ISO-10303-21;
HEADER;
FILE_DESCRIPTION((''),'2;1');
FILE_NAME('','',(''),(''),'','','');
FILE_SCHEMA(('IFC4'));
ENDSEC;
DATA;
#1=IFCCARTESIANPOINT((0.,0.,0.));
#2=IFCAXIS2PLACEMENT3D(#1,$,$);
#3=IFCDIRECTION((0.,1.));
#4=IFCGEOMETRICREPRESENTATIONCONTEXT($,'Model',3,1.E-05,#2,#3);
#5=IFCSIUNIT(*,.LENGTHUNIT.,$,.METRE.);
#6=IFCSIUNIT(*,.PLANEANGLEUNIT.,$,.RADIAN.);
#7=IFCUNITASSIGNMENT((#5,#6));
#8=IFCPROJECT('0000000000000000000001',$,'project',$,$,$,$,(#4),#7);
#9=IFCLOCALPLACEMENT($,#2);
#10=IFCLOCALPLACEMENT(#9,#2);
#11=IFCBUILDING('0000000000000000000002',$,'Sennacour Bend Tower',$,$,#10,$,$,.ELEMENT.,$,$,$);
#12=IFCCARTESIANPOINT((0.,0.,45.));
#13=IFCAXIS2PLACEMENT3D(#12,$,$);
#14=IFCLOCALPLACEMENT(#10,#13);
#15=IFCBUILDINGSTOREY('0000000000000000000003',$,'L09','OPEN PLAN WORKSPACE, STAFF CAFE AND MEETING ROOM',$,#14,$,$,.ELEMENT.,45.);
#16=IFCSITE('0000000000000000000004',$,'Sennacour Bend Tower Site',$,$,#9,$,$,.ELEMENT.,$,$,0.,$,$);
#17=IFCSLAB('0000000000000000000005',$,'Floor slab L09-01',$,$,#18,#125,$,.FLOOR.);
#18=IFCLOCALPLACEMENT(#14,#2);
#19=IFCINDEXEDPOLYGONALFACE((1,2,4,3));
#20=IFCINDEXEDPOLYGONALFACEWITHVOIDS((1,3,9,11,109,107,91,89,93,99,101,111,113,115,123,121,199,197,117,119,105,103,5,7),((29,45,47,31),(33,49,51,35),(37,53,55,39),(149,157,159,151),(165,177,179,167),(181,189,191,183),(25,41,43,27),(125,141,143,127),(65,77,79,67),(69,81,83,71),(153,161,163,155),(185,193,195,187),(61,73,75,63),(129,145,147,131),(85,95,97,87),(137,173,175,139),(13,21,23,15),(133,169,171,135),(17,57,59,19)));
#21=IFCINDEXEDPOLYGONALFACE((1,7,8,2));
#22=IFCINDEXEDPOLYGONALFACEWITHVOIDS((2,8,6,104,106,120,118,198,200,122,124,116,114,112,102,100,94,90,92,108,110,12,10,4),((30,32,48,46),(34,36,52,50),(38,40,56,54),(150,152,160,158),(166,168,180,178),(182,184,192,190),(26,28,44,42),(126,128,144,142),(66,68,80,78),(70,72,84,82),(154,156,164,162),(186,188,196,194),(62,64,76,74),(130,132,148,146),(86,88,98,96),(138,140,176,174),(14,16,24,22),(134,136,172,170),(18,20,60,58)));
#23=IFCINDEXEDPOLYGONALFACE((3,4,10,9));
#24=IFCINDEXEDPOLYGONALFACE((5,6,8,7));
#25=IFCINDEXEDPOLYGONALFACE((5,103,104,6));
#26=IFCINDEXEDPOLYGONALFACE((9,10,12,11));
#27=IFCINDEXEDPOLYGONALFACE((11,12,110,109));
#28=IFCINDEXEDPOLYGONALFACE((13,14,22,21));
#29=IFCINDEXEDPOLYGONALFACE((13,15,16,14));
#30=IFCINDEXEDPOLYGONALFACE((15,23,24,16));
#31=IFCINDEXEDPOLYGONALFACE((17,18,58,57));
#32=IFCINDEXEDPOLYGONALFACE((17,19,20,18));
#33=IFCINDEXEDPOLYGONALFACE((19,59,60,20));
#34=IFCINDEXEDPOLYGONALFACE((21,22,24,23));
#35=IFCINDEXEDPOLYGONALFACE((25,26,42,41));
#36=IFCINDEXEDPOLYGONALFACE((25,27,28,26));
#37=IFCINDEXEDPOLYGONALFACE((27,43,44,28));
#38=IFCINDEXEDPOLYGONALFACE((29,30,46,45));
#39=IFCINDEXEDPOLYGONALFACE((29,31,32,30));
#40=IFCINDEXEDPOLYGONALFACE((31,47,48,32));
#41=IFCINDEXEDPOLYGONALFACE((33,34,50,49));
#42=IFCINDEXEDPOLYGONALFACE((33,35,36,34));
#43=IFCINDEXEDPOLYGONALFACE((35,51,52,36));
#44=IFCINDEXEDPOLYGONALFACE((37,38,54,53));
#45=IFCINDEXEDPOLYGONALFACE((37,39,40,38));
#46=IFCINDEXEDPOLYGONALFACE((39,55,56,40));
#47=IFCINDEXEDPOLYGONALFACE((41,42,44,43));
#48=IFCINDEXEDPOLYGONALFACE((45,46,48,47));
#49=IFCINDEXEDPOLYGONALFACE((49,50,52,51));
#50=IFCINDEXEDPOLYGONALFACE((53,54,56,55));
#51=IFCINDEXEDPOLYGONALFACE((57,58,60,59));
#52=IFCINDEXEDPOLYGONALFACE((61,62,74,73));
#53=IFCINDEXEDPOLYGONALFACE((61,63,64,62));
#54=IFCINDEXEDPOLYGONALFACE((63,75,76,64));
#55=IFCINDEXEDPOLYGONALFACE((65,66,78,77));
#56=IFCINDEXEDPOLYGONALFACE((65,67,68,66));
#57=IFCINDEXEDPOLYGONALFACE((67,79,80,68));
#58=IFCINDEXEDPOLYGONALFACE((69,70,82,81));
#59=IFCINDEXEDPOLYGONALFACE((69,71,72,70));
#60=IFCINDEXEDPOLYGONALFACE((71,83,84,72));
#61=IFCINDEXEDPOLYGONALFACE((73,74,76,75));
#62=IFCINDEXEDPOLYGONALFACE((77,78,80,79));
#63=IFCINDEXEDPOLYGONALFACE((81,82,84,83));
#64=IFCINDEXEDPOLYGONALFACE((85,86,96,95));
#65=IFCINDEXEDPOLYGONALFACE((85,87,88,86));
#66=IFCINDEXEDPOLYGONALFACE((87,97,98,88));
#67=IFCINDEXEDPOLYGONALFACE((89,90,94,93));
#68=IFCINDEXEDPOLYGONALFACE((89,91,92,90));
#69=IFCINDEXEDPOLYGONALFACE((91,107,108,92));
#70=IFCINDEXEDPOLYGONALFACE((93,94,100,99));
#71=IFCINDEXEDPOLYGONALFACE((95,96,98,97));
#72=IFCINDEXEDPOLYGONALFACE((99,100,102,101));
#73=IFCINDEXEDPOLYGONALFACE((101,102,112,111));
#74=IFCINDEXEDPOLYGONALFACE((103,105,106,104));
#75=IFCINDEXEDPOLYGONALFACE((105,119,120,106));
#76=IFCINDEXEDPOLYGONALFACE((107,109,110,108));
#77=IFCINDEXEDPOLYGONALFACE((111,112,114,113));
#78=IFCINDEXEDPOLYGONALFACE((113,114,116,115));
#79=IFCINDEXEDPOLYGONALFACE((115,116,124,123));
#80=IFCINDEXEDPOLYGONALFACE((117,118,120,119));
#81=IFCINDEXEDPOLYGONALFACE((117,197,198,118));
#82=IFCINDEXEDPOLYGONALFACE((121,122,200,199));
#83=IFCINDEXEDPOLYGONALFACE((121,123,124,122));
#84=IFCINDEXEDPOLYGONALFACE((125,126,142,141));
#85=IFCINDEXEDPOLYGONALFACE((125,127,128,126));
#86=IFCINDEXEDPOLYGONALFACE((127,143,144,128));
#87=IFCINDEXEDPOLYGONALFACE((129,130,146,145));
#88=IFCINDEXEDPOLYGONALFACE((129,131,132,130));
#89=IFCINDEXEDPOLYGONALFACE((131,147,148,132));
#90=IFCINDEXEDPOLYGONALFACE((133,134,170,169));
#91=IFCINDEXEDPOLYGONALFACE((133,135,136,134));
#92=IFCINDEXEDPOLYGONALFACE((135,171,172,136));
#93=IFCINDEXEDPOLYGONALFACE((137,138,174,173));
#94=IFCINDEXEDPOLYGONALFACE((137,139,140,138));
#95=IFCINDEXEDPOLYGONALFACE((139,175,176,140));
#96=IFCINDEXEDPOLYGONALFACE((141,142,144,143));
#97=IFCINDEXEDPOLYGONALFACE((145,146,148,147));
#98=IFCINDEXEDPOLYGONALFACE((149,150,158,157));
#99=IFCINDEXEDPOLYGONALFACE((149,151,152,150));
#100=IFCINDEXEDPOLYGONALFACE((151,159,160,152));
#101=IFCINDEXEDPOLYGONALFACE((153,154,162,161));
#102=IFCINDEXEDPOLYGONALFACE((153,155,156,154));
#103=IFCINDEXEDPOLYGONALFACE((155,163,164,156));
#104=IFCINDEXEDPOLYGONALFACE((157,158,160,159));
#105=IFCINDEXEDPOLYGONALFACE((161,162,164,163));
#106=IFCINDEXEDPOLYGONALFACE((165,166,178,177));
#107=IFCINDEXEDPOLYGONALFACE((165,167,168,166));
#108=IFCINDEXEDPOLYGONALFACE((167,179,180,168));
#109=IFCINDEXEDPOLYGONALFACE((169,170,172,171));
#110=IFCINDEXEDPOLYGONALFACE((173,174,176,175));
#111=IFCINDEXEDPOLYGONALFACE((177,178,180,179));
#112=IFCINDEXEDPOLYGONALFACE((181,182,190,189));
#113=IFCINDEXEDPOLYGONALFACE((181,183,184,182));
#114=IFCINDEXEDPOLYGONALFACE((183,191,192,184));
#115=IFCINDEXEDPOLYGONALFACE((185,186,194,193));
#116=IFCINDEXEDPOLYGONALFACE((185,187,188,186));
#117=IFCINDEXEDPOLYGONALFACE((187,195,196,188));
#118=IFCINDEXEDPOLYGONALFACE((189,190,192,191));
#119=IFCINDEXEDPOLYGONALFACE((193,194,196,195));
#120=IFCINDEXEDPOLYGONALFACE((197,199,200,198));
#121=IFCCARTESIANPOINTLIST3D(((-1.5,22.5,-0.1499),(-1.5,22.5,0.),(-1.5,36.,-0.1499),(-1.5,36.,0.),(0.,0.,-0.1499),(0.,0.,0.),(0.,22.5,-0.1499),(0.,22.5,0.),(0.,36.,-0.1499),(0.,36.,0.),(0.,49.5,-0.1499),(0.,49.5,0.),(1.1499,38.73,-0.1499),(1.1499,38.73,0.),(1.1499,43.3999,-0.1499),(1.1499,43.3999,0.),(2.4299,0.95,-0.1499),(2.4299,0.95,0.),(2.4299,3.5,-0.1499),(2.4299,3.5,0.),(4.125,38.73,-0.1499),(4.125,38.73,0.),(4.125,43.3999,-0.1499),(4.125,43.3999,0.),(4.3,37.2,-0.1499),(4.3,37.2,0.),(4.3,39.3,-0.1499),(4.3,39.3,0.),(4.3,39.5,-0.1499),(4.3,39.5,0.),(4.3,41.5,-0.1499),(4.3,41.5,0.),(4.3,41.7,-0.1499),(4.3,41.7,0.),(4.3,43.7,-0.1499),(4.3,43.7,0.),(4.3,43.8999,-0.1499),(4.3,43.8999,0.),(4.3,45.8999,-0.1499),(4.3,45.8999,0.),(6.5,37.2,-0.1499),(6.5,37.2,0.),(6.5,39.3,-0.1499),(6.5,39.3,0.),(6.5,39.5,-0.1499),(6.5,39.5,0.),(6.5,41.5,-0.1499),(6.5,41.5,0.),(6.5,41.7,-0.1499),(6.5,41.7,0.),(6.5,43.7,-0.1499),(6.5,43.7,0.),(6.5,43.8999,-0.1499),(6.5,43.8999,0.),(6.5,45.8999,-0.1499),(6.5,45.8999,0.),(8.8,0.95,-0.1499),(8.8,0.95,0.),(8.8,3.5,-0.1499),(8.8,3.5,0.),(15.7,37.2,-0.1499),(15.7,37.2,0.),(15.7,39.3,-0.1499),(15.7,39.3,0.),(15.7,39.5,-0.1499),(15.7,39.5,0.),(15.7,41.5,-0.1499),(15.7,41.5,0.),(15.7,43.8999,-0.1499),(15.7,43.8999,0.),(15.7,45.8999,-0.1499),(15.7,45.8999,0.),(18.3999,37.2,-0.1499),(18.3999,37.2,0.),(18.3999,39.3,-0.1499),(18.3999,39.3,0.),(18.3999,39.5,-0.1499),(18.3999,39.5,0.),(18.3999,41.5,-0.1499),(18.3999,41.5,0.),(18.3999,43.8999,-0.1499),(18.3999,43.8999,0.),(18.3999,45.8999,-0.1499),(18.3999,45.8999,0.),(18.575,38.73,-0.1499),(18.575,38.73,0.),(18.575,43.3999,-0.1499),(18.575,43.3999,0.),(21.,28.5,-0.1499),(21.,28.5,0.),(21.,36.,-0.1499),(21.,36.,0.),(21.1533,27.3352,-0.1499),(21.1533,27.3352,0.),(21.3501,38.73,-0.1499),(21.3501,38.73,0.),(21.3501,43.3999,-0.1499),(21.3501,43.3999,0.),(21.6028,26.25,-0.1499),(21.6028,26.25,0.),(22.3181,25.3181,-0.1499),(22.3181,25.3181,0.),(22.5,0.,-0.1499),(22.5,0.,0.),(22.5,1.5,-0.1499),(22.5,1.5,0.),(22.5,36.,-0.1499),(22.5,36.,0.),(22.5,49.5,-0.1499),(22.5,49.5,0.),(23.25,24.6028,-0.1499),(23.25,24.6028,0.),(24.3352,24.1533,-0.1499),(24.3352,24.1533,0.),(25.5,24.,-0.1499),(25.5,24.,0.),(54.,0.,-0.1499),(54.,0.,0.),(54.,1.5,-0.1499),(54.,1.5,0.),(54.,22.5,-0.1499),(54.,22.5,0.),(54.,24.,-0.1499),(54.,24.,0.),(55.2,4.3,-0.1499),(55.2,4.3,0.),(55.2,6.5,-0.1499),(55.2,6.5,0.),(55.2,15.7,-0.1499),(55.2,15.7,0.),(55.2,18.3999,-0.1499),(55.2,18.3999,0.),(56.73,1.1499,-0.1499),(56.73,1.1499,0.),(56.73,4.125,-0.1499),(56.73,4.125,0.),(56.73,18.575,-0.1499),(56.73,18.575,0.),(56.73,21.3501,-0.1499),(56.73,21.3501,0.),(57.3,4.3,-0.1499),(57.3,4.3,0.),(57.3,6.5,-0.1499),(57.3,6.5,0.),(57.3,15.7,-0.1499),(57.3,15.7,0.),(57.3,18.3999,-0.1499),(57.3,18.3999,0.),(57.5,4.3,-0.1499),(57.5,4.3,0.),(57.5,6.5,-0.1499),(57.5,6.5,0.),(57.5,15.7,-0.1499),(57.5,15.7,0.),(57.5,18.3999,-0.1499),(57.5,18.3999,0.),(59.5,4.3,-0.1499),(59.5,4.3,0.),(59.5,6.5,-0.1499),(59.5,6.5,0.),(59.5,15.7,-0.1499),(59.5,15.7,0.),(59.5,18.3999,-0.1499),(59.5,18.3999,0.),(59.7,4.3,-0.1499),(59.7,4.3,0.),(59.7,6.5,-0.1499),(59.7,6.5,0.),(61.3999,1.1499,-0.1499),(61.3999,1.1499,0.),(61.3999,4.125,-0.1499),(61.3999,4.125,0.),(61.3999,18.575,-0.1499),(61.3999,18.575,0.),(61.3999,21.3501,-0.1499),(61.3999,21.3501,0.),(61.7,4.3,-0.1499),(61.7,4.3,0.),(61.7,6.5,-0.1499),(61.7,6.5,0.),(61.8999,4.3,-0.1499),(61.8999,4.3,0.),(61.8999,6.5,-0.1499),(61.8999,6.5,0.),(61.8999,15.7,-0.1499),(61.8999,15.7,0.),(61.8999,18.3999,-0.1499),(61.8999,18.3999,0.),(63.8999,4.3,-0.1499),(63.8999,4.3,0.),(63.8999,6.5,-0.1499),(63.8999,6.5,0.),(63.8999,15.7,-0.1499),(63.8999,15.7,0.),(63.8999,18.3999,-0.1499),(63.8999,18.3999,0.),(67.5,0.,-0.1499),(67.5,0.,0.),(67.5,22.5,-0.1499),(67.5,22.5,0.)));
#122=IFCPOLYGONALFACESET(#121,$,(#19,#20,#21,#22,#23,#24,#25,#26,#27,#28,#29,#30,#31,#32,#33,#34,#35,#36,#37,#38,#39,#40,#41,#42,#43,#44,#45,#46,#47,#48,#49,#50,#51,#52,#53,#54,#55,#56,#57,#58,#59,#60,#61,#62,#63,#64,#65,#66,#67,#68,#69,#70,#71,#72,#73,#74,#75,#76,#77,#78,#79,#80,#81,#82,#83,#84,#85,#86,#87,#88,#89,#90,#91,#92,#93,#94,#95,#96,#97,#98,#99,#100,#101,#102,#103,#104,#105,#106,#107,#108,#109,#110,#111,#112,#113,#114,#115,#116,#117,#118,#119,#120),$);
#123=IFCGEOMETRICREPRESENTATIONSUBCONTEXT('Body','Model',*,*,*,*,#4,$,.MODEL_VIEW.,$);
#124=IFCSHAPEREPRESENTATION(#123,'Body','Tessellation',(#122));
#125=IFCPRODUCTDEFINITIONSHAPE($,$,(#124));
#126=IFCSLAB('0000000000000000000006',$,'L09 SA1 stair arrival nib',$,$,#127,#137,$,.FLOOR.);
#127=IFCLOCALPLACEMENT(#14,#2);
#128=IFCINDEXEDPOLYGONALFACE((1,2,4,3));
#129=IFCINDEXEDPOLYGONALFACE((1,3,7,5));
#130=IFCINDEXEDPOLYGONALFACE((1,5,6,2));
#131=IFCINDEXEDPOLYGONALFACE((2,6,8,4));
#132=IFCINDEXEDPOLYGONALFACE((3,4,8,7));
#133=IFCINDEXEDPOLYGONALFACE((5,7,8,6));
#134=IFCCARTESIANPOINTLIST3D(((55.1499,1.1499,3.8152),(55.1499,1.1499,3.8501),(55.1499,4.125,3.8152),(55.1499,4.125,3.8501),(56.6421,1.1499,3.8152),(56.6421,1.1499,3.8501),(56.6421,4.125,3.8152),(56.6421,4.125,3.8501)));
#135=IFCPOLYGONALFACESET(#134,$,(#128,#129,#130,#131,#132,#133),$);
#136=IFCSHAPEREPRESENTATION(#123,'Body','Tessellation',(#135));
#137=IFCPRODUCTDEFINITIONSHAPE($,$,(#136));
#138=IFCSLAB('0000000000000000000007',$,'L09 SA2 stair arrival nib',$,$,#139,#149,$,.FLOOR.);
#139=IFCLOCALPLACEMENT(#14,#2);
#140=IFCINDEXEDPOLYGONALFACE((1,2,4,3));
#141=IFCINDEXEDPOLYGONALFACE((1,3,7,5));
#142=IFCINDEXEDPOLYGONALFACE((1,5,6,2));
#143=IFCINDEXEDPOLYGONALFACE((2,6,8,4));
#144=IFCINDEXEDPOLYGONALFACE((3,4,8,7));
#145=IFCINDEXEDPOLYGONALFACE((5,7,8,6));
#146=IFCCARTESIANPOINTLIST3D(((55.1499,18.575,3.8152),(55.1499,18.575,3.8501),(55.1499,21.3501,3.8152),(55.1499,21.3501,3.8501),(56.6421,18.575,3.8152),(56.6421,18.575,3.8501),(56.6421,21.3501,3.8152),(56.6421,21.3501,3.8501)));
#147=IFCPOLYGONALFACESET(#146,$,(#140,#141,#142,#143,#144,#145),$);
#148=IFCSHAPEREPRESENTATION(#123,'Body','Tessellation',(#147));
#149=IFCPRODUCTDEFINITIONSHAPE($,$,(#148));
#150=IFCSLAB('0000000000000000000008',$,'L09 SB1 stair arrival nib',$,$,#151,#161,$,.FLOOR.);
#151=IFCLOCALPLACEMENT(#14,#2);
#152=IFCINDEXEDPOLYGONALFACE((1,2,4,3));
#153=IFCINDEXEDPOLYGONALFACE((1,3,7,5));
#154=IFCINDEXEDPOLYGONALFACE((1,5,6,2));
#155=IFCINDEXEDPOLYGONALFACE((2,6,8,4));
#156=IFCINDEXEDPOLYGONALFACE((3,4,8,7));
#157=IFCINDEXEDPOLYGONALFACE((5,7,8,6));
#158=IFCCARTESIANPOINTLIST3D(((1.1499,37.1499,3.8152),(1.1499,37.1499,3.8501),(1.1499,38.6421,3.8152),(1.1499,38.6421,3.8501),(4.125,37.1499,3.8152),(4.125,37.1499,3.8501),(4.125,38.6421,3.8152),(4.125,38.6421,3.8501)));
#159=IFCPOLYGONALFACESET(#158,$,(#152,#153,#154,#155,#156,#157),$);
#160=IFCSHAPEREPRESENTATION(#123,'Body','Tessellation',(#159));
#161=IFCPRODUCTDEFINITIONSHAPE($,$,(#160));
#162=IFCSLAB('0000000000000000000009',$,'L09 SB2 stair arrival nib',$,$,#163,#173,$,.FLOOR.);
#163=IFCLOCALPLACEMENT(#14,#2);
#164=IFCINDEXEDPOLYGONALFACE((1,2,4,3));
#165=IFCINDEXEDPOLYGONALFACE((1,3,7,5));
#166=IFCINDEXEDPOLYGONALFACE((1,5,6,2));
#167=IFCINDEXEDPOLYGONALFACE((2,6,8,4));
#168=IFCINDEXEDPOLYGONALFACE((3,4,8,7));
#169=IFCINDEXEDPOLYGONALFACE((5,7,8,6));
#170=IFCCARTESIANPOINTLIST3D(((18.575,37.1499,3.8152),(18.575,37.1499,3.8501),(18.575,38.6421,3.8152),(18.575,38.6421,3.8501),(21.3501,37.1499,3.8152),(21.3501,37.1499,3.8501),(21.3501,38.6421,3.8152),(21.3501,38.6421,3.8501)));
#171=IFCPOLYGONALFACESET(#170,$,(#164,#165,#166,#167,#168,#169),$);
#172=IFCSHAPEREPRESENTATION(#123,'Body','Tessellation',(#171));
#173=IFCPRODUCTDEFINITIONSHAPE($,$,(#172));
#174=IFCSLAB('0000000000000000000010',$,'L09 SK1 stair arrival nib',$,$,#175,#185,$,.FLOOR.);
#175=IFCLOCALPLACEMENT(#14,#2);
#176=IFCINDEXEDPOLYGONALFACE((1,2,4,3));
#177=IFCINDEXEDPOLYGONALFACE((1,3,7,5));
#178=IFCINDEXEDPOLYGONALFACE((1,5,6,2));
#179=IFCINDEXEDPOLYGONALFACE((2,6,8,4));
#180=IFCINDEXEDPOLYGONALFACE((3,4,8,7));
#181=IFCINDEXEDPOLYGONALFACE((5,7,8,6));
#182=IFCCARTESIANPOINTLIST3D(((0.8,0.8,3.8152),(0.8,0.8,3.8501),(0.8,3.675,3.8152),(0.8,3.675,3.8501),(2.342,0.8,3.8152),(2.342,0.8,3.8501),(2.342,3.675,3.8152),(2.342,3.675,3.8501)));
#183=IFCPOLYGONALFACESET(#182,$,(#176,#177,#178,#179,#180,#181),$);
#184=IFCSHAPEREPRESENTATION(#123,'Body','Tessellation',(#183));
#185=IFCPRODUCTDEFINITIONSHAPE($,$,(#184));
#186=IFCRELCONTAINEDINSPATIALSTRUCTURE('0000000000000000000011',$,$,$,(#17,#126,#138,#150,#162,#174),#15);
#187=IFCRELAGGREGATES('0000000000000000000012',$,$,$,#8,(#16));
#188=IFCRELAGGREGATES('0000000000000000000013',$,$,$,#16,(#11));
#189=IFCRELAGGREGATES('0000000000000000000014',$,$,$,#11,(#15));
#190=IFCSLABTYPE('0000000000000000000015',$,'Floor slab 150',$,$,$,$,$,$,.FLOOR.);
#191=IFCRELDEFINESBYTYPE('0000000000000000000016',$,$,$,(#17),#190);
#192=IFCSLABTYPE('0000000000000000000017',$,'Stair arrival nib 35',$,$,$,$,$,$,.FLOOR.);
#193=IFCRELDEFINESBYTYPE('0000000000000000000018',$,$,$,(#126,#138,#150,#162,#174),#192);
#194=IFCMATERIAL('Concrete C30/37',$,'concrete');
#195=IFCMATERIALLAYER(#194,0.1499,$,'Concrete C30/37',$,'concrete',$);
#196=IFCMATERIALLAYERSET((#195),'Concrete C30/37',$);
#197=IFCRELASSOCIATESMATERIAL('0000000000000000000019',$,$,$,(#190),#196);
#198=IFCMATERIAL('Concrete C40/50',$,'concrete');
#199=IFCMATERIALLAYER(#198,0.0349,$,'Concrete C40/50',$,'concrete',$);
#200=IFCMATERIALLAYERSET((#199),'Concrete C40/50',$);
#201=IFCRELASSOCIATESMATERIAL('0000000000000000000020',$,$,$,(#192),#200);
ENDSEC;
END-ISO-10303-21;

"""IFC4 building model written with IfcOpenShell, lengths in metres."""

from ifc_helpers import new_model, si_unit, direction, frame, origin, place, context, subcontext, project, spatial, polyline, outline, extrude, material, layer, layer_set, type_object, element, save


model = new_model("IFC4")

# Units and contexts
model_context = context("Model", 3, precision=1e-05, world=origin(), true_north=direction((0.0, 1.0)))
body_context = subcontext(model_context, "Body", "Model", "MODEL_VIEW")
ifc_project = project(units=[si_unit("LENGTHUNIT", "METRE"), si_unit("PLANEANGLEUNIT", "RADIAN")], contexts=[model_context])

# Site, building, storey
site_placement = place(None, origin())
site = spatial("IfcSite", under=ifc_project, at=site_placement, Name="Sennacour Bend Tower Site", CompositionType="ELEMENT", RefElevation=0.0)
building_placement = place(site_placement, origin())
building = spatial("IfcBuilding", under=site, at=building_placement, Name="Sennacour Bend Tower", CompositionType="ELEMENT")
storey_placement = place(building_placement, frame((0.0, 0.0, 45.0)))
storey = spatial("IfcBuildingStorey", under=building, at=storey_placement, Name="L09", Description="OPEN PLAN WORKSPACE, STAFF CAFE AND MEETING ROOM", CompositionType="ELEMENT", Elevation=45.0)

# Slabs
ifc_material_1 = material(Name="Concrete C30/37", Category="concrete")
ifc_layer_1 = layer(ifc_material_1, 0.1499, Name="Concrete C30/37", Category="concrete")
ifc_layer_set_1 = layer_set([ifc_layer_1], Name="Concrete C30/37")
slab_type_1 = type_object("IfcSlabType", Name="Floor slab 150", PredefinedType="FLOOR", material=ifc_layer_set_1)
slab_1_placement = place(storey_placement, frame((0.0, 0.0, -0.1499)))
element("IfcSlab", 1, at=slab_1_placement, inside=storey, type_object=slab_type_1, Name="Floor slab L09-01", PredefinedType="FLOOR", context=body_context, shape_type="SweptSolid", body=[
    extrude(outline(polyline([(0.0, 22.5), (-1.5, 22.5), (-1.5, 36.0), (0.0, 36.0), (0.0, 49.5), (22.5, 49.5), (22.5, 36.0), (21.0, 36.0), (21.0, 28.5), (21.1533, 27.3352), (21.6028, 26.25), (22.3181, 25.3181), (23.25, 24.6028), (24.3352, 24.1533), (25.5, 24.0), (54.0, 24.0), (54.0, 22.5), (67.5, 22.5), (67.5, 0.0), (54.0, 0.0), (54.0, 1.5), (22.5, 1.5), (22.5, 0.0), (0.0, 0.0), (0.0, 22.5)]), holes=[polyline([(8.8, 0.95), (8.8, 3.5), (2.4299, 3.5), (2.4299, 0.95), (8.8, 0.95)]), polyline([(6.5, 37.2), (6.5, 39.3), (4.3, 39.3), (4.3, 37.2), (6.5, 37.2)]), polyline([(18.3999, 37.2), (18.3999, 39.3), (15.7, 39.3), (15.7, 37.2), (18.3999, 37.2)]), polyline([(6.5, 39.5), (6.5, 41.5), (4.3, 41.5), (4.3, 39.5), (6.5, 39.5)]), polyline([(18.3999, 39.5), (18.3999, 41.5), (15.7, 41.5), (15.7, 39.5), (18.3999, 39.5)]), polyline([(4.125, 38.73), (4.125, 43.3999), (1.1499, 43.3999), (1.1499, 38.73), (4.125, 38.73)]), polyline([(21.3501, 38.73), (21.3501, 43.3999), (18.575, 43.3999), (18.575, 38.73), (21.3501, 38.73)]), polyline([(4.3, 41.7), (6.5, 41.7), (6.5, 43.7), (4.3, 43.7), (4.3, 41.7)]), polyline([(4.3, 43.8999), (6.5, 43.8999), (6.5, 45.8999), (4.3, 45.8999), (4.3, 43.8999)]), polyline([(18.3999, 43.8999), (18.3999, 45.8999), (15.7, 45.8999), (15.7, 43.8999), (18.3999, 43.8999)]), polyline([(61.3999, 1.1499), (61.3999, 4.125), (56.73, 4.125), (56.73, 1.1499), (61.3999, 1.1499)]), polyline([(57.3, 4.3), (57.3, 6.5), (55.2, 6.5), (55.2, 4.3), (57.3, 4.3)]), polyline([(57.5, 4.3), (59.5, 4.3), (59.5, 6.5), (57.5, 6.5), (57.5, 4.3)]), polyline([(59.7, 4.3), (61.7, 4.3), (61.7, 6.5), (59.7, 6.5), (59.7, 4.3)]), polyline([(63.8999, 4.3), (63.8999, 6.5), (61.8999, 6.5), (61.8999, 4.3), (63.8999, 4.3)]), polyline([(57.3, 15.7), (57.3, 18.3999), (55.2, 18.3999), (55.2, 15.7), (57.3, 15.7)]), polyline([(59.5, 15.7), (59.5, 18.3999), (57.5, 18.3999), (57.5, 15.7), (59.5, 15.7)]), polyline([(61.8999, 15.7), (63.8999, 15.7), (63.8999, 18.3999), (61.8999, 18.3999), (61.8999, 15.7)]), polyline([(56.73, 18.575), (61.3999, 18.575), (61.3999, 21.3501), (56.73, 21.3501), (56.73, 18.575)])]), origin(), (0.0, 0.0, 1.0), 0.1499),
])
ifc_material_2 = material(Name="Concrete C40/50", Category="concrete")
ifc_layer_2 = layer(ifc_material_2, 0.0349, Name="Concrete C40/50", Category="concrete")
ifc_layer_set_2 = layer_set([ifc_layer_2], Name="Concrete C40/50")
slab_type_2 = type_object("IfcSlabType", Name="Stair arrival nib 35", PredefinedType="FLOOR", material=ifc_layer_set_2)
slab_2_placement = place(storey_placement, frame((0.0, 0.0, 3.8152)))
element("IfcSlab", 2, at=slab_2_placement, inside=storey, type_object=slab_type_2, Name="L09 SA1 stair arrival nib", PredefinedType="FLOOR", context=body_context, shape_type="SweptSolid", body=[
    extrude(outline(polyline([(56.6421, 4.125), (55.1499, 4.125), (55.1499, 1.1499), (56.6421, 1.1499), (56.6421, 4.125)])), origin(), (0.0, 0.0, 1.0), 0.0349),
])
slab_3_placement = place(storey_placement, frame((0.0, 0.0, 3.8152)))
element("IfcSlab", 3, at=slab_3_placement, inside=storey, type_object=slab_type_2, Name="L09 SA2 stair arrival nib", PredefinedType="FLOOR", context=body_context, shape_type="SweptSolid", body=[
    extrude(outline(polyline([(56.6421, 21.3501), (55.1499, 21.3501), (55.1499, 18.575), (56.6421, 18.575), (56.6421, 21.3501)])), origin(), (0.0, 0.0, 1.0), 0.0349),
])
slab_4_placement = place(storey_placement, frame((0.0, 0.0, 3.8152)))
element("IfcSlab", 4, at=slab_4_placement, inside=storey, type_object=slab_type_2, Name="L09 SB1 stair arrival nib", PredefinedType="FLOOR", context=body_context, shape_type="SweptSolid", body=[
    extrude(outline(polyline([(1.1499, 38.6421), (1.1499, 37.1499), (4.125, 37.1499), (4.125, 38.6421), (1.1499, 38.6421)])), origin(), (0.0, 0.0, 1.0), 0.0349),
])
slab_5_placement = place(storey_placement, frame((0.0, 0.0, 3.8152)))
element("IfcSlab", 5, at=slab_5_placement, inside=storey, type_object=slab_type_2, Name="L09 SB2 stair arrival nib", PredefinedType="FLOOR", context=body_context, shape_type="SweptSolid", body=[
    extrude(outline(polyline([(18.575, 38.6421), (18.575, 37.1499), (21.3501, 37.1499), (21.3501, 38.6421), (18.575, 38.6421)])), origin(), (0.0, 0.0, 1.0), 0.0349),
])
slab_6_placement = place(storey_placement, frame((0.0, 0.0, 3.8152)))
element("IfcSlab", 6, at=slab_6_placement, inside=storey, type_object=slab_type_2, Name="L09 SK1 stair arrival nib", PredefinedType="FLOOR", context=body_context, shape_type="SweptSolid", body=[
    extrude(outline(polyline([(2.342, 3.675), (0.8, 3.675), (0.8, 0.8), (2.342, 0.8), (2.342, 3.675)])), origin(), (0.0, 0.0, 1.0), 0.0349),
])

save(model, "model.ifc")
